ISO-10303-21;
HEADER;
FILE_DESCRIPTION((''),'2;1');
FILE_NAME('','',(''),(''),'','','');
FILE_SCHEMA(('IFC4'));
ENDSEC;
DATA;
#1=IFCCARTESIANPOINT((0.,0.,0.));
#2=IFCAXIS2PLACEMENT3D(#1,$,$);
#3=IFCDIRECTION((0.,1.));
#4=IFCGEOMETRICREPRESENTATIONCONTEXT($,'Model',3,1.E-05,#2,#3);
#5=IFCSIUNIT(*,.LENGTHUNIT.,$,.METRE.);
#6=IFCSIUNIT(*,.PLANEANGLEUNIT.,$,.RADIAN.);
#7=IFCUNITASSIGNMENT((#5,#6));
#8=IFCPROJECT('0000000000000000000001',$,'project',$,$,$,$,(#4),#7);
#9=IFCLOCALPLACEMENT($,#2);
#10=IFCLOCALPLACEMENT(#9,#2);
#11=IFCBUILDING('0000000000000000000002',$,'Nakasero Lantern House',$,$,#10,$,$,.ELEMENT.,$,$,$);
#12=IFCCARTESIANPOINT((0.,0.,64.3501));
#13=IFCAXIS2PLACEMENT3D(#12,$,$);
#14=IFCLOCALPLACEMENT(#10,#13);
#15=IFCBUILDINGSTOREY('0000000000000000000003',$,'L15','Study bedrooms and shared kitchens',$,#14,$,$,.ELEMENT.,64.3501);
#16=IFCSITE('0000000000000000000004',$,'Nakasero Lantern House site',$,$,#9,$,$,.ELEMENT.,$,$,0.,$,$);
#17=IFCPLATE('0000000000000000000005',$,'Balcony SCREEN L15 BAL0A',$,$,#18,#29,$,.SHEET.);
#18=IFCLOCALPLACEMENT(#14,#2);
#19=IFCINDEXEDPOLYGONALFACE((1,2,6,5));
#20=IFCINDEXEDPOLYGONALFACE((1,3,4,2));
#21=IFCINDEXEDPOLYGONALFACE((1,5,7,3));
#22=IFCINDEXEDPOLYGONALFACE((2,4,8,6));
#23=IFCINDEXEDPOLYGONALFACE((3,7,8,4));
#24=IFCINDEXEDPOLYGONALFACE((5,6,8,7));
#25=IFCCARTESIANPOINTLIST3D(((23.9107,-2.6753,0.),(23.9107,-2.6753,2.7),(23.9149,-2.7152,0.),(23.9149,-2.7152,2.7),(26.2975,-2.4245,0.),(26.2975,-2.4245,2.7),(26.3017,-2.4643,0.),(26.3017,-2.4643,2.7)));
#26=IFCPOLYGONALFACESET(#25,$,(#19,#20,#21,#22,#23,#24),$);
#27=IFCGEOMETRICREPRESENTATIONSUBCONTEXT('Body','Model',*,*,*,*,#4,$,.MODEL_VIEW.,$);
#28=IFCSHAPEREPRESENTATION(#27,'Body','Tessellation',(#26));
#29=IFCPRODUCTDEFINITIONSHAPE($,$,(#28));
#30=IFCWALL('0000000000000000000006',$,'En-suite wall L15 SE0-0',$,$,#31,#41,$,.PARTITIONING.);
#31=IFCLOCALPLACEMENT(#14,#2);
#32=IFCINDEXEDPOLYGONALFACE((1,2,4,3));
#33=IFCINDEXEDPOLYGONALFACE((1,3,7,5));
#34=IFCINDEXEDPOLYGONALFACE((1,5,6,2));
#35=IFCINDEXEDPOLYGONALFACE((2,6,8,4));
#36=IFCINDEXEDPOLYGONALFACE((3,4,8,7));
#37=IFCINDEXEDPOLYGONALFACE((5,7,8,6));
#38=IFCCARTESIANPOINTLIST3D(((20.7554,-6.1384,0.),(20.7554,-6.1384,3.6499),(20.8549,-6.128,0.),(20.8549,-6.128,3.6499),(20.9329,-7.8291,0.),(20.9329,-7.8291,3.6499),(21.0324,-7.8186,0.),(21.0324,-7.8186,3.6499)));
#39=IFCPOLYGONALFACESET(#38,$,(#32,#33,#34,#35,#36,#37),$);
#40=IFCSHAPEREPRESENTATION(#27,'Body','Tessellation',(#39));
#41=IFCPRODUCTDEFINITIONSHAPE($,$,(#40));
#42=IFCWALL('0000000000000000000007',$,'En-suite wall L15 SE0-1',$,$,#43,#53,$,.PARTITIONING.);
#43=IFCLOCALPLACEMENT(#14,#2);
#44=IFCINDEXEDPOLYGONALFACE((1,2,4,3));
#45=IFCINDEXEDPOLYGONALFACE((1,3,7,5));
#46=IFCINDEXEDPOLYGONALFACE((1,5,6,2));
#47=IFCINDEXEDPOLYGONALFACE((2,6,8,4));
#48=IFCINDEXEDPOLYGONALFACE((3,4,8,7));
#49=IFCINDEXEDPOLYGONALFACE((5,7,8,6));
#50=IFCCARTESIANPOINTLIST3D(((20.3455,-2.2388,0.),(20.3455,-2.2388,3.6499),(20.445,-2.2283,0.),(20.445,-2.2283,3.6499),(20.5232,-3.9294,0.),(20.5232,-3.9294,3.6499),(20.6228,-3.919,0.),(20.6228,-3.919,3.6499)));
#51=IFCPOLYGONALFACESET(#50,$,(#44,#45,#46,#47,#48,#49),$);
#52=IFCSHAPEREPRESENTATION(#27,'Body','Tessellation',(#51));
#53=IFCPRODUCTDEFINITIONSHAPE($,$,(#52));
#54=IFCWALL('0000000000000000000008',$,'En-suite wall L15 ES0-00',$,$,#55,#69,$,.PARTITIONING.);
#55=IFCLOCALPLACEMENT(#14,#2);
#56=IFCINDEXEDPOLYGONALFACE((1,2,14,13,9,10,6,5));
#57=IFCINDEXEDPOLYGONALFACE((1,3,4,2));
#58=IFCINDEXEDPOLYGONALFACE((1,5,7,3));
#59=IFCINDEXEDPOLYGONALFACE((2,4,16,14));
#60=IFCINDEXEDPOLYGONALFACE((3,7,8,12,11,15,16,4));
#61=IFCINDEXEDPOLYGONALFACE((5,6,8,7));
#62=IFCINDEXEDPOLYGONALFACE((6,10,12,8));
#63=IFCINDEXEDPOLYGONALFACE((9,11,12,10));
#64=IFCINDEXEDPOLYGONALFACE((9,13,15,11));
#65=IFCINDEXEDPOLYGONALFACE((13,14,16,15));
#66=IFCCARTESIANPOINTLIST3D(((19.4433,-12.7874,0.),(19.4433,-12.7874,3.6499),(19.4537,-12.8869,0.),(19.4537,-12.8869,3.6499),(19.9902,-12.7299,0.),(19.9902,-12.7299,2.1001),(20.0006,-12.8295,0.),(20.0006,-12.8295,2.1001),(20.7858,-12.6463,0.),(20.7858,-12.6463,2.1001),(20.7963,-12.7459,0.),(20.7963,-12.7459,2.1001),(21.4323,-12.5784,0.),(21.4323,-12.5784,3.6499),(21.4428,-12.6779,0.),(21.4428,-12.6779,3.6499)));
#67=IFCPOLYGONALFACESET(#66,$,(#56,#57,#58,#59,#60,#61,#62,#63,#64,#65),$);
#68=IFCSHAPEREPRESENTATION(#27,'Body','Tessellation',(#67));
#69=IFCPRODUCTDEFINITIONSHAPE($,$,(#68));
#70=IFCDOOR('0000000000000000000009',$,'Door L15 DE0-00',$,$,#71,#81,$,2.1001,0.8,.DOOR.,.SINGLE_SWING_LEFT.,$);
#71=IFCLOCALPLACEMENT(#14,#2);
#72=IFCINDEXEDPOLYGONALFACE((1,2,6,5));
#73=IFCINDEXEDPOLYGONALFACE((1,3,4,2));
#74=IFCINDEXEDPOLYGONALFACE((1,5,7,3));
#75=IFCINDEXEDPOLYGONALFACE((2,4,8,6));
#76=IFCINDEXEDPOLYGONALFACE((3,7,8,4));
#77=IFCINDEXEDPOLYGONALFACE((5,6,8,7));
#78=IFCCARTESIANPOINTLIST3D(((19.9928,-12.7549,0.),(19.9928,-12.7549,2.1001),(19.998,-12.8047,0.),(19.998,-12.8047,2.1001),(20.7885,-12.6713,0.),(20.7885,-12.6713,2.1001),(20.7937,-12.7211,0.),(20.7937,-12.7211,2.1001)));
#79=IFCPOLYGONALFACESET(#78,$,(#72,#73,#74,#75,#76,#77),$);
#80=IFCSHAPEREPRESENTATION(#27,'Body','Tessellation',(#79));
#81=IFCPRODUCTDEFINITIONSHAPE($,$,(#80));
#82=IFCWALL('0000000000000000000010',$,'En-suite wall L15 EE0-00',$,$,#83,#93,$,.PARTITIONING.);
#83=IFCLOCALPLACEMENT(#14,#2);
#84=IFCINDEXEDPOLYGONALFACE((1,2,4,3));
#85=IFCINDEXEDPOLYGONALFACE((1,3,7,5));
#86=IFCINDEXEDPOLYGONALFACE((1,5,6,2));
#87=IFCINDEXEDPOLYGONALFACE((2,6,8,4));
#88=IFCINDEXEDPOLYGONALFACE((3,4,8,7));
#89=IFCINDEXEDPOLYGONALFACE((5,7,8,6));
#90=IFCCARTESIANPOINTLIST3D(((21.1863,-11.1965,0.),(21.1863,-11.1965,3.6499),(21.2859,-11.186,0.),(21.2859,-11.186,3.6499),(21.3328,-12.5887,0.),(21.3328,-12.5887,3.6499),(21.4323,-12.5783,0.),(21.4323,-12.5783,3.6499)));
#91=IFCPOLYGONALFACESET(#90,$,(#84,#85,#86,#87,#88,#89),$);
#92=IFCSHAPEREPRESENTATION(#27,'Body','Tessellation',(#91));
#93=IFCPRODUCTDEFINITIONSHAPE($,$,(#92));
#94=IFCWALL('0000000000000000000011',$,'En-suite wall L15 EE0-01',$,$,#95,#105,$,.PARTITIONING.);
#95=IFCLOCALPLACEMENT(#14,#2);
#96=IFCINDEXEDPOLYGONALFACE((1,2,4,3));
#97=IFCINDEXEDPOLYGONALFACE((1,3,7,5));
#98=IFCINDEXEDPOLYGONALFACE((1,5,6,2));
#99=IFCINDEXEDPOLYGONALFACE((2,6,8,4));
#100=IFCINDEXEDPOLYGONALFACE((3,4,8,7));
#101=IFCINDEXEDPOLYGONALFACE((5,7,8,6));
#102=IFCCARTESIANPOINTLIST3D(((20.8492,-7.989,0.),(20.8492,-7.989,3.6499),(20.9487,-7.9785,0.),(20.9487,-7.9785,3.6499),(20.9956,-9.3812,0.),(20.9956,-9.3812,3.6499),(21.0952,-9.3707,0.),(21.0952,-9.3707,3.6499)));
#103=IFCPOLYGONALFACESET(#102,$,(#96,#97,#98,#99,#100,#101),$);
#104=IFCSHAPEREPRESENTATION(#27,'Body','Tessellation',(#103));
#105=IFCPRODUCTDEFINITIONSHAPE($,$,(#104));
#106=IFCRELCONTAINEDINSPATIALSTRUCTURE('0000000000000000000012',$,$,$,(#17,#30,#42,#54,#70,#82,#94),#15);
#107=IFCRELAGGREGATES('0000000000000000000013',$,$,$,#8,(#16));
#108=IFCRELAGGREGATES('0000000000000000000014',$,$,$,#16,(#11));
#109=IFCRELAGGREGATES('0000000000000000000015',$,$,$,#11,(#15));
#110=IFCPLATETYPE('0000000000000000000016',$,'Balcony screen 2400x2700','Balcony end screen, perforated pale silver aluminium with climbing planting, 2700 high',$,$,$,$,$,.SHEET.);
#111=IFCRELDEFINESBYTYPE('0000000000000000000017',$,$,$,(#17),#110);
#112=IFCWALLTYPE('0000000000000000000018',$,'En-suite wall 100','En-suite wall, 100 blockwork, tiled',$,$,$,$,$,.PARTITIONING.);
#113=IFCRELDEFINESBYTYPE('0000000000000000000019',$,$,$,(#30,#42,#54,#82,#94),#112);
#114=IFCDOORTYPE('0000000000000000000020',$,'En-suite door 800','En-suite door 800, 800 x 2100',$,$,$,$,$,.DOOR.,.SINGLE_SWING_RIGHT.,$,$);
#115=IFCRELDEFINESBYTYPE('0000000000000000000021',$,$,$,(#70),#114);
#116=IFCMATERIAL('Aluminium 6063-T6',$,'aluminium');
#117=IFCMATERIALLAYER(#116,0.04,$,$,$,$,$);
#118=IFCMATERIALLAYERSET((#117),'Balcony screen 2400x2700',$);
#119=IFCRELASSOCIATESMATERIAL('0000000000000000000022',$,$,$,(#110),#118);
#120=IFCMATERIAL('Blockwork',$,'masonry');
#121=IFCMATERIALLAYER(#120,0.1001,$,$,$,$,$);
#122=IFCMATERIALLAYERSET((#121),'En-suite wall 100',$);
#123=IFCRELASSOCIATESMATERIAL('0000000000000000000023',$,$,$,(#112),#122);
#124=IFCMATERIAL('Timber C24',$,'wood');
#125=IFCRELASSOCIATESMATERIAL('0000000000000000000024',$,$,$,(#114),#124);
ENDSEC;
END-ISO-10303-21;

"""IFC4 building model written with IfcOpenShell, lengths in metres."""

from ifc_helpers import new_model, si_unit, direction, frame, frame_2d, origin, origin_2d, place, context, subcontext, project, spatial, rectangle, extrude, material, layer, layer_set, type_object, element, fill, save


model = new_model("IFC4")

# Units and contexts
model_context = context("Model", 3, precision=1e-05, world=origin(), true_north=direction((0.0, 1.0)))
body_context = subcontext(model_context, "Body", "Model", "MODEL_VIEW")
ifc_project = project(units=[si_unit("LENGTHUNIT", "METRE"), si_unit("PLANEANGLEUNIT", "RADIAN")], contexts=[model_context])

# Site, building, storey
site_placement = place(None, origin())
site = spatial("IfcSite", under=ifc_project, at=site_placement, Name="Nakasero Lantern House site", CompositionType="ELEMENT", RefElevation=0.0)
building_placement = place(site_placement, origin())
building = spatial("IfcBuilding", under=site, at=building_placement, Name="Nakasero Lantern House", CompositionType="ELEMENT")
storey_placement = place(building_placement, frame((0.0, 0.0, 64.3501)))
storey = spatial("IfcBuildingStorey", under=building, at=storey_placement, Name="L15", Description="Study bedrooms and shared kitchens", CompositionType="ELEMENT", Elevation=64.3501)

# Plate
ifc_material_1 = material(Name="Aluminium 6063-T6", Category="aluminium")
ifc_layer_1 = layer(ifc_material_1, 0.04)
ifc_layer_set_1 = layer_set([ifc_layer_1], Name="Balcony screen 2400x2700")
plate_type_1 = type_object("IfcPlateType", Name="Balcony screen 2400x2700", Description="Balcony end screen, perforated pale silver aluminium with climbing planting, 2700 high", PredefinedType="SHEET", material=ifc_layer_set_1)
plate_1_placement = place(storey_placement, frame((25.1062, -2.5698, 0.0), z_axis=(0.0, 0.0, 1.0), x_axis=(0.994522, 0.104528, 0.0)))
element("IfcPlate", 1, at=plate_1_placement, inside=storey, type_object=plate_type_1, Name="Balcony SCREEN L15 BAL0A", PredefinedType="SHEET", context=body_context, shape_type="SweptSolid", body=[
    extrude(rectangle(XDim=2.3999, YDim=0.04, at=origin_2d()), origin(), (0.0, 0.0, 1.0), 2.7),
])

# Walls
ifc_material_2 = material(Name="Blockwork", Category="masonry")
ifc_layer_2 = layer(ifc_material_2, 0.1001)
ifc_layer_set_2 = layer_set([ifc_layer_2], Name="En-suite wall 100")
wall_type_1 = type_object("IfcWallType", Name="En-suite wall 100", Description="En-suite wall, 100 blockwork, tiled", PredefinedType="PARTITIONING", material=ifc_layer_set_2)
for number, where, z_axis, x_axis, name in (
    (2, (20.9827, -7.824, 0.0), (0.0, 0.0, 1.0), (-0.104408, 0.994535, 0.0), "En-suite wall L15 SE0-0"),
    (3, (20.573, -3.9243, 0.0), (0.0, 0.0, 1.0), (-0.10455, 0.99452, 0.0), "En-suite wall L15 SE0-1"),
):
    element("IfcWall", number, at=place(storey_placement, frame(where, z_axis=z_axis, x_axis=x_axis)), inside=storey, type_object=wall_type_1, Name=name, PredefinedType="PARTITIONING", context=body_context, shape_type="SweptSolid", body=[
        extrude(rectangle(XDim=1.7, YDim=0.1001, at=frame_2d((0.8501, 0.0))), origin(), (0.0, 0.0, 1.0), 3.6499),
    ])

# Wall, opening, door
wall_1_placement = place(storey_placement, frame((19.4485, -12.8372, 0.0), z_axis=(0.0, 0.0, 1.0), x_axis=(0.994526, 0.104494, 0.0)))
wall_1 = element("IfcWall", 4, at=wall_1_placement, inside=storey, type_object=wall_type_1, Name="En-suite wall L15 ES0-00", PredefinedType="PARTITIONING", context=body_context, shape_type="SweptSolid", body=[
    extrude(rectangle(XDim=2.0, YDim=0.1001, at=frame_2d((1.0, 0.0))), origin(), (0.0, 0.0, 1.0), 3.6499),
])
opening_1_placement = place(wall_1_placement, frame((0.55, 0.0, 0.0)))
opening_1 = element("IfcOpeningElement", 5, at=opening_1_placement, cuts=wall_1, PredefinedType="OPENING", context=body_context, shape_type="SweptSolid", body=[
    extrude(rectangle(XDim=0.8, YDim=2.1001, at=frame_2d((0.3999, 1.05))), frame((0.0, 0.0701, 0.0), z_axis=(0.0, -1.0, 0.0), x_axis=(1.0, 0.0, 0.0)), (0.0, 0.0, 1.0), 0.1401),
])
ifc_material_3 = material(Name="Timber C24", Category="wood")
door_type_1 = type_object("IfcDoorType", Name="En-suite door 800", Description="En-suite door 800, 800 x 2100", OperationType="SINGLE_SWING_RIGHT", PredefinedType="DOOR", material=ifc_material_3)
door_1_placement = place(opening_1_placement, origin())
door_1 = element("IfcDoor", 6, at=door_1_placement, inside=storey, type_object=door_type_1, Name="Door L15 DE0-00", OperationType="SINGLE_SWING_LEFT", OverallHeight=2.1001, OverallWidth=0.8, PredefinedType="DOOR", context=body_context, shape_type="SweptSolid", body=[
    extrude(rectangle(XDim=0.8, YDim=2.1001, at=frame_2d((0.3999, 1.05))), frame((0.0, 0.0249, 0.0), z_axis=(0.0, -1.0, 0.0), x_axis=(1.0, 0.0, 0.0)), (0.0, 0.0, 1.0), 0.05),
])
fill(opening_1, door_1)

# Walls
for number, where, z_axis, x_axis, name in (
    (7, (21.3826, -12.5835, 0.0), (0.0, 0.0, 1.0), (-0.10463, 0.994511, 0.0), "En-suite wall L15 EE0-00"),
    (8, (21.0454, -9.376, 0.0), (0.0, 0.0, 1.0), (-0.10463, 0.994511, 0.0), "En-suite wall L15 EE0-01"),
):
    element("IfcWall", number, at=place(storey_placement, frame(where, z_axis=z_axis, x_axis=x_axis)), inside=storey, type_object=wall_type_1, Name=name, PredefinedType="PARTITIONING", context=body_context, shape_type="SweptSolid", body=[
        extrude(rectangle(XDim=1.3999, YDim=0.1001, at=frame_2d((0.7, 0.0))), origin(), (0.0, 0.0, 1.0), 3.6499),
    ])

save(model, "model.ifc")
